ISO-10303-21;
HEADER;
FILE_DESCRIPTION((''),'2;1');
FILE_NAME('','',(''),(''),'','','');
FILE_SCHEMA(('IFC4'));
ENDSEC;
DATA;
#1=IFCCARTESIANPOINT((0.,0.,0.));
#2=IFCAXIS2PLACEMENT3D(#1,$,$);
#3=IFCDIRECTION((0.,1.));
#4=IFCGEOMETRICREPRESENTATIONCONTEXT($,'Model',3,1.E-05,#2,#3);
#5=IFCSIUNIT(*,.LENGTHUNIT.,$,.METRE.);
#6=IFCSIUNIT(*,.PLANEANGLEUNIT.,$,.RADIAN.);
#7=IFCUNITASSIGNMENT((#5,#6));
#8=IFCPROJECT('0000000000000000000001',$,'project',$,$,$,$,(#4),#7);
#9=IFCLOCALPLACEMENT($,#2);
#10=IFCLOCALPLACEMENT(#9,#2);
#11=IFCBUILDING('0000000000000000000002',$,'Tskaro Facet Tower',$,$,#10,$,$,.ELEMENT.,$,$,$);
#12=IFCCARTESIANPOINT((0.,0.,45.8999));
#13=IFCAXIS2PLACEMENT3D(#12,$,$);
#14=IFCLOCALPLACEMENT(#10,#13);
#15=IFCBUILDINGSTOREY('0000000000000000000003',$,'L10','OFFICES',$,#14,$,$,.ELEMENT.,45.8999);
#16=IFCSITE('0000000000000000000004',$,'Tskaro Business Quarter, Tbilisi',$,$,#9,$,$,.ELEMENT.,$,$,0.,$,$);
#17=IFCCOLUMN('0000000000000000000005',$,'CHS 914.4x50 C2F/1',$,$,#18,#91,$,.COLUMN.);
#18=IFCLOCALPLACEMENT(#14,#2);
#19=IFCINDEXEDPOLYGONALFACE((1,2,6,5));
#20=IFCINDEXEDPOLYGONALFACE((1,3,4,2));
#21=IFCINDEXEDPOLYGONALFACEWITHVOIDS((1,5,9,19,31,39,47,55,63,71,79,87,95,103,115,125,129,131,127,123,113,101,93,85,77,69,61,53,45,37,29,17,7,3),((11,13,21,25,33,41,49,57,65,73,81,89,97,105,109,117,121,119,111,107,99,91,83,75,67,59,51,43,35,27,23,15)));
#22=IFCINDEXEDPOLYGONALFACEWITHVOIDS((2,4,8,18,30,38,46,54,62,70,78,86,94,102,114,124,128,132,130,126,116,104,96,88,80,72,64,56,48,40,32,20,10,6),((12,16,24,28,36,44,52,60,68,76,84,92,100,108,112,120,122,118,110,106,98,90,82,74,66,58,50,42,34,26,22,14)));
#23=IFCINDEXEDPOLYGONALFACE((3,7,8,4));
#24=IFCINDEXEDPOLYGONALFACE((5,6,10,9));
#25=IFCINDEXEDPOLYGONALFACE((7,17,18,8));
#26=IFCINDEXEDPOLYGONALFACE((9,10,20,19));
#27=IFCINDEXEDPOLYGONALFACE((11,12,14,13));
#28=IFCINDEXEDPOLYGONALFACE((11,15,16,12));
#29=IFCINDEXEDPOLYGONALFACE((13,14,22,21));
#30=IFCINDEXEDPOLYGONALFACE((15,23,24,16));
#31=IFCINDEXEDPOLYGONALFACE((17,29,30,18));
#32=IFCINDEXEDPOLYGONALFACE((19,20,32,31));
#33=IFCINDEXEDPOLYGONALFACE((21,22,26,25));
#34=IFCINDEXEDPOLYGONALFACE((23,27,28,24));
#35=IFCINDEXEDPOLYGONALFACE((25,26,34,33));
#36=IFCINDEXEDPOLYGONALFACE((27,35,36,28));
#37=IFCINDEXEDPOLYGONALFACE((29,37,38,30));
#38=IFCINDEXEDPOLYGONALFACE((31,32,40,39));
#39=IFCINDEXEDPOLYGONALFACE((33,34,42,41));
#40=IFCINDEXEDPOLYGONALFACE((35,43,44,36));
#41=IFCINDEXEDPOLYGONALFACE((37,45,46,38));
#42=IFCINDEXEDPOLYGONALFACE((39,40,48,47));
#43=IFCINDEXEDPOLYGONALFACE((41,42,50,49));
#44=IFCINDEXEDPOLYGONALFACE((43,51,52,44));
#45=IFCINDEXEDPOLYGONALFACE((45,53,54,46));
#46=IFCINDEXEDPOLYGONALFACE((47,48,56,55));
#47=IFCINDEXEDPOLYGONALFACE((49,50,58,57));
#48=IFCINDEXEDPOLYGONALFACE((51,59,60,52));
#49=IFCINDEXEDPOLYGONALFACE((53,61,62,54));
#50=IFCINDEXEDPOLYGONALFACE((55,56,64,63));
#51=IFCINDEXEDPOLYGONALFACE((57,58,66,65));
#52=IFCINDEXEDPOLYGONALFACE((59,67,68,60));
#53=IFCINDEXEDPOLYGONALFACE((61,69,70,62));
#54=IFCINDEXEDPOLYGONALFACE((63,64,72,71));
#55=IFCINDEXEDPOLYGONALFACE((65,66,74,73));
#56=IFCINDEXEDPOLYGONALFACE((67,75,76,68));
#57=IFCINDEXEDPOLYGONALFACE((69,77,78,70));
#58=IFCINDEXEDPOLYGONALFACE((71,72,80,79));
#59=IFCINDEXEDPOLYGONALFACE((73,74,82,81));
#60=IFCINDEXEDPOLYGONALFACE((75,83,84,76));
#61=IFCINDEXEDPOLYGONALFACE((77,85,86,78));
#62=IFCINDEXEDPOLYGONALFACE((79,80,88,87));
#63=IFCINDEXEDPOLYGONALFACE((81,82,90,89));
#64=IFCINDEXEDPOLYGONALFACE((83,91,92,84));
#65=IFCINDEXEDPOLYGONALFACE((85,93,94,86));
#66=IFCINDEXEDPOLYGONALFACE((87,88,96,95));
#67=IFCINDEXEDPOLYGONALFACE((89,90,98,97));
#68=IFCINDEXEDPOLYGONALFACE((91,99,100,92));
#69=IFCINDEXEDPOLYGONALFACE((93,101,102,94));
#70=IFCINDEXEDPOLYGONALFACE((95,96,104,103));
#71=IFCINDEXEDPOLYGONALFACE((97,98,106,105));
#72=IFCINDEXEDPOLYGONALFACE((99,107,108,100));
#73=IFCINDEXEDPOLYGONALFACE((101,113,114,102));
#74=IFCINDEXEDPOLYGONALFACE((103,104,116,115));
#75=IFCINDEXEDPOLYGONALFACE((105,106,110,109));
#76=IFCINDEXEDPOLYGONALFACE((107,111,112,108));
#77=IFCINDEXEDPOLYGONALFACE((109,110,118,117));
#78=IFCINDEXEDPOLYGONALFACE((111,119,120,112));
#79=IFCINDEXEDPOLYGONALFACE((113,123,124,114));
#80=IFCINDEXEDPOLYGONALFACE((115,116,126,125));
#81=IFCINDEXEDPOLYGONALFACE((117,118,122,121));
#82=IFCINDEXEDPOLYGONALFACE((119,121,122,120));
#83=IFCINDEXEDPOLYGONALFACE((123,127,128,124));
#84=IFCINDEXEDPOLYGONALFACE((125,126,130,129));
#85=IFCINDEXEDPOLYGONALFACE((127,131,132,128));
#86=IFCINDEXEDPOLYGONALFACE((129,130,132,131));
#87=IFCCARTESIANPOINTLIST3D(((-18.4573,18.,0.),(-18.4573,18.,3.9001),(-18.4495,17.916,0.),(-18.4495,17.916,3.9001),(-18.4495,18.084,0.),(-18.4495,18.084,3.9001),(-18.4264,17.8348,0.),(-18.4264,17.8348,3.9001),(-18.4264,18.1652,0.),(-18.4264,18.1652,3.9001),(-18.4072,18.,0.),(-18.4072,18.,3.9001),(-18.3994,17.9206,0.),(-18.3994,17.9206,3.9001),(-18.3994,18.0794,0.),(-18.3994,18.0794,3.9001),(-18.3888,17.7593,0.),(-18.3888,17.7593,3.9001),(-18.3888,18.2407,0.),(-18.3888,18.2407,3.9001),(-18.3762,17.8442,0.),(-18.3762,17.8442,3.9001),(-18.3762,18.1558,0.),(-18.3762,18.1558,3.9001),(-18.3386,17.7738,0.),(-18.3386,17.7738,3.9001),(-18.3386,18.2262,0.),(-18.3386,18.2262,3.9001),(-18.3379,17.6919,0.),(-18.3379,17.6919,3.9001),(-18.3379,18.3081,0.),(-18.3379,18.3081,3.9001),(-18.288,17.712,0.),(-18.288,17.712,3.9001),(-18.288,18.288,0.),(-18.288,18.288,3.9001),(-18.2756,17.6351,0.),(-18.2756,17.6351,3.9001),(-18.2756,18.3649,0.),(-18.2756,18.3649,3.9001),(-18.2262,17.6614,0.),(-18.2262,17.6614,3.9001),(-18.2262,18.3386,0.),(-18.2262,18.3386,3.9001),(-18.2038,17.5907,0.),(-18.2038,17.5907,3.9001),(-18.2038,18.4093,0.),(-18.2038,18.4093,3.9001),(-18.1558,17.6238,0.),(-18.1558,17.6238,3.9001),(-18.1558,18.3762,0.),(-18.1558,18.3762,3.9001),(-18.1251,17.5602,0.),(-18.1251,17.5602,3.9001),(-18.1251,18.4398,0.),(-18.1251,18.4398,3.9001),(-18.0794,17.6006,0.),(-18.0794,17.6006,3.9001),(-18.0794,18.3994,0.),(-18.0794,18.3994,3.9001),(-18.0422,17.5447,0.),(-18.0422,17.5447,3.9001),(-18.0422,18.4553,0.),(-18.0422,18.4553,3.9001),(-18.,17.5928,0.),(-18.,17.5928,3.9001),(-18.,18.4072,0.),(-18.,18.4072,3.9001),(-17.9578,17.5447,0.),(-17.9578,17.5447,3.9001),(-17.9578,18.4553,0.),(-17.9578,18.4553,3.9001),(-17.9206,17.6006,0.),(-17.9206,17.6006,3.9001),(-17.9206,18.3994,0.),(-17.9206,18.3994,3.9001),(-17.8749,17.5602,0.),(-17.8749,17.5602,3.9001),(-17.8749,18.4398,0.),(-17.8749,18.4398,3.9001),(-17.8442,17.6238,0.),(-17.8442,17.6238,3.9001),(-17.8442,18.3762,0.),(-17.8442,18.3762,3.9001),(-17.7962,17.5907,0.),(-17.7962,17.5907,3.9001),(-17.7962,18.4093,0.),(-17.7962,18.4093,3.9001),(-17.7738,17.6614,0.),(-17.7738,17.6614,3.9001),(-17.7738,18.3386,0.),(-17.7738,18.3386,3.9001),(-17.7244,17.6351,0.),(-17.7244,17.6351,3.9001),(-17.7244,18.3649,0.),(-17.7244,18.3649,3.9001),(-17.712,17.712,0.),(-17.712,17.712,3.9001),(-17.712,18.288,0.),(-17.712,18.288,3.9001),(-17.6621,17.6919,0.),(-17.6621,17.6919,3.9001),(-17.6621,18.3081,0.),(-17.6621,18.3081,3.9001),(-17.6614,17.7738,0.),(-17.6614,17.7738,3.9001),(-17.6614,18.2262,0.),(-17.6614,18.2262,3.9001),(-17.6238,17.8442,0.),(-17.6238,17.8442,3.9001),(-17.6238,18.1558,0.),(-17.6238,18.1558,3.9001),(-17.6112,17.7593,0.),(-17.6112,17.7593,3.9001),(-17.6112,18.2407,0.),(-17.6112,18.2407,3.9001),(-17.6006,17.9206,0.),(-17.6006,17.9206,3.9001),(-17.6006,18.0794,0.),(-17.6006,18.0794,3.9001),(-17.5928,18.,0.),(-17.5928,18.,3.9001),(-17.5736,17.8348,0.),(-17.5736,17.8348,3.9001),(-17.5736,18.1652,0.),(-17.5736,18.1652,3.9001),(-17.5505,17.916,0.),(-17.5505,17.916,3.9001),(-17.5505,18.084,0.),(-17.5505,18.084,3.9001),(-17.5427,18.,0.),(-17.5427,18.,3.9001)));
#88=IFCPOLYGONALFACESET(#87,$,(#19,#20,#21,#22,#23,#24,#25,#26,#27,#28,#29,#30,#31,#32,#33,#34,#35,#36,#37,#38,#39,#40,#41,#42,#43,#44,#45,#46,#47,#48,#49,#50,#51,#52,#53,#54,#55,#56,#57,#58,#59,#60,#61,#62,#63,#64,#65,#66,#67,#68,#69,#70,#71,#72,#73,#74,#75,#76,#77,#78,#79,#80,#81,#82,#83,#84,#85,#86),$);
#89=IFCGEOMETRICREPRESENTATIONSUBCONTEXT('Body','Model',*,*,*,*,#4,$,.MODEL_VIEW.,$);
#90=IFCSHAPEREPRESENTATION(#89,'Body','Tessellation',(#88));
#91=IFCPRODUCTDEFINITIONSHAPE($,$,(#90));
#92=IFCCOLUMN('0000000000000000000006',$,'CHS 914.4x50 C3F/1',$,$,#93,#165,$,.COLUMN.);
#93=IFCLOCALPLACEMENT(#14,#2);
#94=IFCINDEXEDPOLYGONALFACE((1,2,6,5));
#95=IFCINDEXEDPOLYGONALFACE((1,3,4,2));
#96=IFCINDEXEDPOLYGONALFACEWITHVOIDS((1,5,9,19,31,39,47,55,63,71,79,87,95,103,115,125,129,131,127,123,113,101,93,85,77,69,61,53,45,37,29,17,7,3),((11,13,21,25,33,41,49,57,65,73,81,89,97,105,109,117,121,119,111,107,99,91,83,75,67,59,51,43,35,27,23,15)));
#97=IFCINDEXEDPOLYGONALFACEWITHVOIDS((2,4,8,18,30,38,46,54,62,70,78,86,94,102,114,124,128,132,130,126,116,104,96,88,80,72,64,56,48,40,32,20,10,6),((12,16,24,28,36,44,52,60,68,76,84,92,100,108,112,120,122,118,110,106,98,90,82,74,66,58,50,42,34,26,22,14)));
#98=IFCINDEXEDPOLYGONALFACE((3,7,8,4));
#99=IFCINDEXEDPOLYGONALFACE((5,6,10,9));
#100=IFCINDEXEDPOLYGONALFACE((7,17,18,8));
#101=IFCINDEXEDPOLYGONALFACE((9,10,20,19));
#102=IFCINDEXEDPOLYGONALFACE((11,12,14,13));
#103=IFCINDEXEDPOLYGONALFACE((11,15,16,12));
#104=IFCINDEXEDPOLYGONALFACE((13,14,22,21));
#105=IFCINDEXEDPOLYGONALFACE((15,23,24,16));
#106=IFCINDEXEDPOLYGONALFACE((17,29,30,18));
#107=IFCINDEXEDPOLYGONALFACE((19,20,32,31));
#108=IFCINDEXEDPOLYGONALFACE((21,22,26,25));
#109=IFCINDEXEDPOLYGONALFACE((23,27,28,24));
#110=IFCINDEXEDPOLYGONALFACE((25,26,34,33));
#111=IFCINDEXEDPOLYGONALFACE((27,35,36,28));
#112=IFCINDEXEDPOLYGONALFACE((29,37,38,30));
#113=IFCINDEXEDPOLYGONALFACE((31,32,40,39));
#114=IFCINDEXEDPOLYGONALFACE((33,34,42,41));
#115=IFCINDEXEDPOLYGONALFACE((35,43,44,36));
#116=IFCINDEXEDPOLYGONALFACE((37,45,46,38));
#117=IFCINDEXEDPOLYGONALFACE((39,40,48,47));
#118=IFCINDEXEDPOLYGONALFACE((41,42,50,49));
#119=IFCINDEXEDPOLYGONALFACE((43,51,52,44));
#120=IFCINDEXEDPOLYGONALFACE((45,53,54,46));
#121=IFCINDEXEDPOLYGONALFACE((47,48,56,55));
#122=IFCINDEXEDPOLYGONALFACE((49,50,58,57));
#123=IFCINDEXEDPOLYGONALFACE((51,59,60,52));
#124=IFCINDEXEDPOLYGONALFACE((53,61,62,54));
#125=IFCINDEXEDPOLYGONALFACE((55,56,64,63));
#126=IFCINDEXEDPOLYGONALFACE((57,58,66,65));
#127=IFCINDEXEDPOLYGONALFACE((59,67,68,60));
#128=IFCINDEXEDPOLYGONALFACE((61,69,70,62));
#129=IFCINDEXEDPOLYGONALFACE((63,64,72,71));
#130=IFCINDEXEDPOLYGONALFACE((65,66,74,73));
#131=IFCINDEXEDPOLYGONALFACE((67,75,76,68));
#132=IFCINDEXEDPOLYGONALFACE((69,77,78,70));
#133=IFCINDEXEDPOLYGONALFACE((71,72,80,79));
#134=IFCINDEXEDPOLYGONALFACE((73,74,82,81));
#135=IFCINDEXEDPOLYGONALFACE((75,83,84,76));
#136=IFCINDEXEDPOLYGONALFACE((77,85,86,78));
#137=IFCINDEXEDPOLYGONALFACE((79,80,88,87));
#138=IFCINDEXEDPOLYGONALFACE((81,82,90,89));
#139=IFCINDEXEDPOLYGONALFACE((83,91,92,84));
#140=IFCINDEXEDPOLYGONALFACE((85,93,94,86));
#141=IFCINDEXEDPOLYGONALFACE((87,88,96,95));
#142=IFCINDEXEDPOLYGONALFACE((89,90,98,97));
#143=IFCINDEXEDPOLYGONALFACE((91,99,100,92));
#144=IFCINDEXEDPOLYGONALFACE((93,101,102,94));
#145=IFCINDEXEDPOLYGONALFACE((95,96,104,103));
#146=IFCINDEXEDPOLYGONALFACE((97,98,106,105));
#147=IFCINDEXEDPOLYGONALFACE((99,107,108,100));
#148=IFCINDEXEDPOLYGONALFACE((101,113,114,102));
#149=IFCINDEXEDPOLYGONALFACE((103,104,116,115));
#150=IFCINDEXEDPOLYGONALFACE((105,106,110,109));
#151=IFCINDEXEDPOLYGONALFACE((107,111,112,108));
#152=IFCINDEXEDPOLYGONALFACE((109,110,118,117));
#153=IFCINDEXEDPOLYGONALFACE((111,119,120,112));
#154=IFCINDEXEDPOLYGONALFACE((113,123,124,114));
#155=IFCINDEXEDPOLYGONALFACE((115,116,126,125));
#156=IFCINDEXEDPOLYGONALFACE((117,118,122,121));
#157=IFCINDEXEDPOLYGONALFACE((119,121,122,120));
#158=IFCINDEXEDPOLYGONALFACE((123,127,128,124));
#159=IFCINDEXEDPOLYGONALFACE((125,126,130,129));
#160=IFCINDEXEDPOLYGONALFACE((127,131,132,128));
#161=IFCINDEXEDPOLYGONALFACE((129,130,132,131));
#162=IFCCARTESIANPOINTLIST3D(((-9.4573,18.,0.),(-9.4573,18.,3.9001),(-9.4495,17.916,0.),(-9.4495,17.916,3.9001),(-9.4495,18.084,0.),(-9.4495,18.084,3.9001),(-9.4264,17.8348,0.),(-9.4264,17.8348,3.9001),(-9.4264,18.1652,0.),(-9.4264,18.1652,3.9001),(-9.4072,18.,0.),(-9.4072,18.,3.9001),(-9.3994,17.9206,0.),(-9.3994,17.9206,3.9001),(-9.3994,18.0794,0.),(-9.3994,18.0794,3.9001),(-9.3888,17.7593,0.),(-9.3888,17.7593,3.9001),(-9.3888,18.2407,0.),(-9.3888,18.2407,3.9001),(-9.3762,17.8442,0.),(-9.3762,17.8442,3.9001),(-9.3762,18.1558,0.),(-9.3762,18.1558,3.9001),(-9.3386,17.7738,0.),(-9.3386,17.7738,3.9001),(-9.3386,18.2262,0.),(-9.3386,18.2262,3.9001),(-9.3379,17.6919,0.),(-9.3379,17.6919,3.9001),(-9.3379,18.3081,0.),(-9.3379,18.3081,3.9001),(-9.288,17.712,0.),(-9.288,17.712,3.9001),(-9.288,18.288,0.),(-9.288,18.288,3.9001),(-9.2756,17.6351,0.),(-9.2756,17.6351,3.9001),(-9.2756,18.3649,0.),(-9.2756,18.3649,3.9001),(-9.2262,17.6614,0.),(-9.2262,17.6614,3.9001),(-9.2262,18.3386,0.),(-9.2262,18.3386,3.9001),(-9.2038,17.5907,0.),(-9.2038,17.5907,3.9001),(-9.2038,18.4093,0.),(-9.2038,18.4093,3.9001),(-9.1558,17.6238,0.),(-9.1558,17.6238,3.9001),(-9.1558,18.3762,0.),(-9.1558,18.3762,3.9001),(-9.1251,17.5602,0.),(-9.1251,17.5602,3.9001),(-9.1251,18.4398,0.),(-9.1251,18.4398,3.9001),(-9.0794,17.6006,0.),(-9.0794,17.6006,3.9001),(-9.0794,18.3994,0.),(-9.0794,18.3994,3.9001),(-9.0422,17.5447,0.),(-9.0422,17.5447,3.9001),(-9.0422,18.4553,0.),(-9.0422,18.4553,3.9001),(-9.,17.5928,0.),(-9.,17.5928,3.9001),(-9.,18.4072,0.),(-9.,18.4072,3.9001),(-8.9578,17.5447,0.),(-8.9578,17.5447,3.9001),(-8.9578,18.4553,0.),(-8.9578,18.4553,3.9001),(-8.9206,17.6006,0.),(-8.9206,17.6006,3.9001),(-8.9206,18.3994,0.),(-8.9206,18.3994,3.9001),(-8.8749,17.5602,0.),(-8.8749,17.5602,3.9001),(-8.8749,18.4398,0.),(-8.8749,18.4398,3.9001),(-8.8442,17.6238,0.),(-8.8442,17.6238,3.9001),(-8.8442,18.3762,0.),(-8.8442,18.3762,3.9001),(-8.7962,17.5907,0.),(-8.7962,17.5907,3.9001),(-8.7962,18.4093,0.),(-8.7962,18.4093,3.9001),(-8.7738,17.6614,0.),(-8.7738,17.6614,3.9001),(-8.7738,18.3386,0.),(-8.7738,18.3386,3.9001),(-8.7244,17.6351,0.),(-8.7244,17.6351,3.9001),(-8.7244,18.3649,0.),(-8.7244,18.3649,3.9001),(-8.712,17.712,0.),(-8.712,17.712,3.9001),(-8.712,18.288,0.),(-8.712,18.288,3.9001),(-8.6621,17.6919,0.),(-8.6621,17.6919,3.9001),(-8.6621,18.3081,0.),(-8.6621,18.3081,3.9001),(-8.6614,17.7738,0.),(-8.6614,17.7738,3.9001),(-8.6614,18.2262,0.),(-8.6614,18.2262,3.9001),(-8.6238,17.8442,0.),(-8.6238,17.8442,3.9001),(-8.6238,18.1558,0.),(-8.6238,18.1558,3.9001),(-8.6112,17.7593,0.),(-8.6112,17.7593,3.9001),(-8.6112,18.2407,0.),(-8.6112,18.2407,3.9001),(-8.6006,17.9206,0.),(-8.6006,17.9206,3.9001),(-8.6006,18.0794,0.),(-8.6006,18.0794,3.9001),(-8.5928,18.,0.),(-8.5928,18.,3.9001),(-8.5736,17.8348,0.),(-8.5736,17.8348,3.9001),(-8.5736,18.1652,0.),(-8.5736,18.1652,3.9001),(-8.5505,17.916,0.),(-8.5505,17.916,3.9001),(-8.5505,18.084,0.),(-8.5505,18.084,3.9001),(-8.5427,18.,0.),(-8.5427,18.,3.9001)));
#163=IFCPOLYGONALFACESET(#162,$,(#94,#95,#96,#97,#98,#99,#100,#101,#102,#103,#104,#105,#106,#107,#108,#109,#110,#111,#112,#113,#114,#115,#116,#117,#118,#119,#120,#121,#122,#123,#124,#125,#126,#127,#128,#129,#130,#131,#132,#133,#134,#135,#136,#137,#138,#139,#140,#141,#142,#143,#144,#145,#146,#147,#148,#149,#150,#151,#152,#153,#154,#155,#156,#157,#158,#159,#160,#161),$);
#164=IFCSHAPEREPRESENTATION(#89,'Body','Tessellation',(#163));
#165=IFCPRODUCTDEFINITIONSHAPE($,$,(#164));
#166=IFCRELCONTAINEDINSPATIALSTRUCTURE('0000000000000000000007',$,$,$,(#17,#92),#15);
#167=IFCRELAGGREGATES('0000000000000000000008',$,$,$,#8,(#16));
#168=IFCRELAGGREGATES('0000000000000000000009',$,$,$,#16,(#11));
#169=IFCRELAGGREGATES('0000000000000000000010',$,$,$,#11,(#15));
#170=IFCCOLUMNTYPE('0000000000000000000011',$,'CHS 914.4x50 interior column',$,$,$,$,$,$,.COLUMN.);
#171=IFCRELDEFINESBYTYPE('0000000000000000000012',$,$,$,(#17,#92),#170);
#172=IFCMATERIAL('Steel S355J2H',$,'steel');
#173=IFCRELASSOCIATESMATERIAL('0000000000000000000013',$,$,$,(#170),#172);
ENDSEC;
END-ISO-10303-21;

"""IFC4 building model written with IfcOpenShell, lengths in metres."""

from ifc_helpers import new_model, si_unit, direction, frame, origin, origin_2d, place, context, subcontext, project, spatial, hollow_circle, extrude, material, material_profile, profile_set, type_object, element, save


model = new_model("IFC4")

# Units and contexts
model_context = context("Model", 3, precision=1e-05, world=origin(), true_north=direction((0.0, 1.0)))
body_context = subcontext(model_context, "Body", "Model", "MODEL_VIEW")
ifc_project = project(units=[si_unit("LENGTHUNIT", "METRE"), si_unit("PLANEANGLEUNIT", "RADIAN")], contexts=[model_context])

# Site, building, storey
site_placement = place(None, origin())
site = spatial("IfcSite", under=ifc_project, at=site_placement, Name="Tskaro Business Quarter, Tbilisi", CompositionType="ELEMENT", RefElevation=0.0)
building_placement = place(site_placement, origin())
building = spatial("IfcBuilding", under=site, at=building_placement, Name="Tskaro Facet Tower", CompositionType="ELEMENT")
storey_placement = place(building_placement, frame((0.0, 0.0, 45.8999)))
storey = spatial("IfcBuildingStorey", under=building, at=storey_placement, Name="L10", Description="OFFICES", CompositionType="ELEMENT", Elevation=45.8999)

# Columns
ifc_material_1 = material(Name="Steel S355J2H", Category="steel")
ifc_material_profile_1 = material_profile(ifc_material_1, hollow_circle(Radius=0.4573, WallThickness=0.05, at=origin_2d()), Name="CHS 914.4x50")
ifc_profile_set_1 = profile_set([ifc_material_profile_1], Name="Steel S355J2H")
column_type_1 = type_object("IfcColumnType", Name="CHS 914.4x50 interior column", PredefinedType="COLUMN", material=ifc_profile_set_1)
for number, where, z_axis, x_axis, name in (
    (1, (-18.0, 18.0, 0.0), (0.0, 0.0, 1.0), (1.0, 0.0, 0.0), "CHS 914.4x50 C2F/1"),
    (2, (-9.0, 18.0, 0.0), (0.0, 0.0, 1.0), (1.0, 0.0, 0.0), "CHS 914.4x50 C3F/1"),
):
    element("IfcColumn", number, at=place(storey_placement, frame(where, z_axis=z_axis, x_axis=x_axis)), inside=storey, type_object=column_type_1, Name=name, PredefinedType="COLUMN", context=body_context, shape_type="SweptSolid", body=[
        extrude(hollow_circle(Radius=0.4573, WallThickness=0.05, at=origin_2d()), origin(), (0.0, 0.0, 1.0), 3.9001),
    ])

save(model, "model.ifc")
